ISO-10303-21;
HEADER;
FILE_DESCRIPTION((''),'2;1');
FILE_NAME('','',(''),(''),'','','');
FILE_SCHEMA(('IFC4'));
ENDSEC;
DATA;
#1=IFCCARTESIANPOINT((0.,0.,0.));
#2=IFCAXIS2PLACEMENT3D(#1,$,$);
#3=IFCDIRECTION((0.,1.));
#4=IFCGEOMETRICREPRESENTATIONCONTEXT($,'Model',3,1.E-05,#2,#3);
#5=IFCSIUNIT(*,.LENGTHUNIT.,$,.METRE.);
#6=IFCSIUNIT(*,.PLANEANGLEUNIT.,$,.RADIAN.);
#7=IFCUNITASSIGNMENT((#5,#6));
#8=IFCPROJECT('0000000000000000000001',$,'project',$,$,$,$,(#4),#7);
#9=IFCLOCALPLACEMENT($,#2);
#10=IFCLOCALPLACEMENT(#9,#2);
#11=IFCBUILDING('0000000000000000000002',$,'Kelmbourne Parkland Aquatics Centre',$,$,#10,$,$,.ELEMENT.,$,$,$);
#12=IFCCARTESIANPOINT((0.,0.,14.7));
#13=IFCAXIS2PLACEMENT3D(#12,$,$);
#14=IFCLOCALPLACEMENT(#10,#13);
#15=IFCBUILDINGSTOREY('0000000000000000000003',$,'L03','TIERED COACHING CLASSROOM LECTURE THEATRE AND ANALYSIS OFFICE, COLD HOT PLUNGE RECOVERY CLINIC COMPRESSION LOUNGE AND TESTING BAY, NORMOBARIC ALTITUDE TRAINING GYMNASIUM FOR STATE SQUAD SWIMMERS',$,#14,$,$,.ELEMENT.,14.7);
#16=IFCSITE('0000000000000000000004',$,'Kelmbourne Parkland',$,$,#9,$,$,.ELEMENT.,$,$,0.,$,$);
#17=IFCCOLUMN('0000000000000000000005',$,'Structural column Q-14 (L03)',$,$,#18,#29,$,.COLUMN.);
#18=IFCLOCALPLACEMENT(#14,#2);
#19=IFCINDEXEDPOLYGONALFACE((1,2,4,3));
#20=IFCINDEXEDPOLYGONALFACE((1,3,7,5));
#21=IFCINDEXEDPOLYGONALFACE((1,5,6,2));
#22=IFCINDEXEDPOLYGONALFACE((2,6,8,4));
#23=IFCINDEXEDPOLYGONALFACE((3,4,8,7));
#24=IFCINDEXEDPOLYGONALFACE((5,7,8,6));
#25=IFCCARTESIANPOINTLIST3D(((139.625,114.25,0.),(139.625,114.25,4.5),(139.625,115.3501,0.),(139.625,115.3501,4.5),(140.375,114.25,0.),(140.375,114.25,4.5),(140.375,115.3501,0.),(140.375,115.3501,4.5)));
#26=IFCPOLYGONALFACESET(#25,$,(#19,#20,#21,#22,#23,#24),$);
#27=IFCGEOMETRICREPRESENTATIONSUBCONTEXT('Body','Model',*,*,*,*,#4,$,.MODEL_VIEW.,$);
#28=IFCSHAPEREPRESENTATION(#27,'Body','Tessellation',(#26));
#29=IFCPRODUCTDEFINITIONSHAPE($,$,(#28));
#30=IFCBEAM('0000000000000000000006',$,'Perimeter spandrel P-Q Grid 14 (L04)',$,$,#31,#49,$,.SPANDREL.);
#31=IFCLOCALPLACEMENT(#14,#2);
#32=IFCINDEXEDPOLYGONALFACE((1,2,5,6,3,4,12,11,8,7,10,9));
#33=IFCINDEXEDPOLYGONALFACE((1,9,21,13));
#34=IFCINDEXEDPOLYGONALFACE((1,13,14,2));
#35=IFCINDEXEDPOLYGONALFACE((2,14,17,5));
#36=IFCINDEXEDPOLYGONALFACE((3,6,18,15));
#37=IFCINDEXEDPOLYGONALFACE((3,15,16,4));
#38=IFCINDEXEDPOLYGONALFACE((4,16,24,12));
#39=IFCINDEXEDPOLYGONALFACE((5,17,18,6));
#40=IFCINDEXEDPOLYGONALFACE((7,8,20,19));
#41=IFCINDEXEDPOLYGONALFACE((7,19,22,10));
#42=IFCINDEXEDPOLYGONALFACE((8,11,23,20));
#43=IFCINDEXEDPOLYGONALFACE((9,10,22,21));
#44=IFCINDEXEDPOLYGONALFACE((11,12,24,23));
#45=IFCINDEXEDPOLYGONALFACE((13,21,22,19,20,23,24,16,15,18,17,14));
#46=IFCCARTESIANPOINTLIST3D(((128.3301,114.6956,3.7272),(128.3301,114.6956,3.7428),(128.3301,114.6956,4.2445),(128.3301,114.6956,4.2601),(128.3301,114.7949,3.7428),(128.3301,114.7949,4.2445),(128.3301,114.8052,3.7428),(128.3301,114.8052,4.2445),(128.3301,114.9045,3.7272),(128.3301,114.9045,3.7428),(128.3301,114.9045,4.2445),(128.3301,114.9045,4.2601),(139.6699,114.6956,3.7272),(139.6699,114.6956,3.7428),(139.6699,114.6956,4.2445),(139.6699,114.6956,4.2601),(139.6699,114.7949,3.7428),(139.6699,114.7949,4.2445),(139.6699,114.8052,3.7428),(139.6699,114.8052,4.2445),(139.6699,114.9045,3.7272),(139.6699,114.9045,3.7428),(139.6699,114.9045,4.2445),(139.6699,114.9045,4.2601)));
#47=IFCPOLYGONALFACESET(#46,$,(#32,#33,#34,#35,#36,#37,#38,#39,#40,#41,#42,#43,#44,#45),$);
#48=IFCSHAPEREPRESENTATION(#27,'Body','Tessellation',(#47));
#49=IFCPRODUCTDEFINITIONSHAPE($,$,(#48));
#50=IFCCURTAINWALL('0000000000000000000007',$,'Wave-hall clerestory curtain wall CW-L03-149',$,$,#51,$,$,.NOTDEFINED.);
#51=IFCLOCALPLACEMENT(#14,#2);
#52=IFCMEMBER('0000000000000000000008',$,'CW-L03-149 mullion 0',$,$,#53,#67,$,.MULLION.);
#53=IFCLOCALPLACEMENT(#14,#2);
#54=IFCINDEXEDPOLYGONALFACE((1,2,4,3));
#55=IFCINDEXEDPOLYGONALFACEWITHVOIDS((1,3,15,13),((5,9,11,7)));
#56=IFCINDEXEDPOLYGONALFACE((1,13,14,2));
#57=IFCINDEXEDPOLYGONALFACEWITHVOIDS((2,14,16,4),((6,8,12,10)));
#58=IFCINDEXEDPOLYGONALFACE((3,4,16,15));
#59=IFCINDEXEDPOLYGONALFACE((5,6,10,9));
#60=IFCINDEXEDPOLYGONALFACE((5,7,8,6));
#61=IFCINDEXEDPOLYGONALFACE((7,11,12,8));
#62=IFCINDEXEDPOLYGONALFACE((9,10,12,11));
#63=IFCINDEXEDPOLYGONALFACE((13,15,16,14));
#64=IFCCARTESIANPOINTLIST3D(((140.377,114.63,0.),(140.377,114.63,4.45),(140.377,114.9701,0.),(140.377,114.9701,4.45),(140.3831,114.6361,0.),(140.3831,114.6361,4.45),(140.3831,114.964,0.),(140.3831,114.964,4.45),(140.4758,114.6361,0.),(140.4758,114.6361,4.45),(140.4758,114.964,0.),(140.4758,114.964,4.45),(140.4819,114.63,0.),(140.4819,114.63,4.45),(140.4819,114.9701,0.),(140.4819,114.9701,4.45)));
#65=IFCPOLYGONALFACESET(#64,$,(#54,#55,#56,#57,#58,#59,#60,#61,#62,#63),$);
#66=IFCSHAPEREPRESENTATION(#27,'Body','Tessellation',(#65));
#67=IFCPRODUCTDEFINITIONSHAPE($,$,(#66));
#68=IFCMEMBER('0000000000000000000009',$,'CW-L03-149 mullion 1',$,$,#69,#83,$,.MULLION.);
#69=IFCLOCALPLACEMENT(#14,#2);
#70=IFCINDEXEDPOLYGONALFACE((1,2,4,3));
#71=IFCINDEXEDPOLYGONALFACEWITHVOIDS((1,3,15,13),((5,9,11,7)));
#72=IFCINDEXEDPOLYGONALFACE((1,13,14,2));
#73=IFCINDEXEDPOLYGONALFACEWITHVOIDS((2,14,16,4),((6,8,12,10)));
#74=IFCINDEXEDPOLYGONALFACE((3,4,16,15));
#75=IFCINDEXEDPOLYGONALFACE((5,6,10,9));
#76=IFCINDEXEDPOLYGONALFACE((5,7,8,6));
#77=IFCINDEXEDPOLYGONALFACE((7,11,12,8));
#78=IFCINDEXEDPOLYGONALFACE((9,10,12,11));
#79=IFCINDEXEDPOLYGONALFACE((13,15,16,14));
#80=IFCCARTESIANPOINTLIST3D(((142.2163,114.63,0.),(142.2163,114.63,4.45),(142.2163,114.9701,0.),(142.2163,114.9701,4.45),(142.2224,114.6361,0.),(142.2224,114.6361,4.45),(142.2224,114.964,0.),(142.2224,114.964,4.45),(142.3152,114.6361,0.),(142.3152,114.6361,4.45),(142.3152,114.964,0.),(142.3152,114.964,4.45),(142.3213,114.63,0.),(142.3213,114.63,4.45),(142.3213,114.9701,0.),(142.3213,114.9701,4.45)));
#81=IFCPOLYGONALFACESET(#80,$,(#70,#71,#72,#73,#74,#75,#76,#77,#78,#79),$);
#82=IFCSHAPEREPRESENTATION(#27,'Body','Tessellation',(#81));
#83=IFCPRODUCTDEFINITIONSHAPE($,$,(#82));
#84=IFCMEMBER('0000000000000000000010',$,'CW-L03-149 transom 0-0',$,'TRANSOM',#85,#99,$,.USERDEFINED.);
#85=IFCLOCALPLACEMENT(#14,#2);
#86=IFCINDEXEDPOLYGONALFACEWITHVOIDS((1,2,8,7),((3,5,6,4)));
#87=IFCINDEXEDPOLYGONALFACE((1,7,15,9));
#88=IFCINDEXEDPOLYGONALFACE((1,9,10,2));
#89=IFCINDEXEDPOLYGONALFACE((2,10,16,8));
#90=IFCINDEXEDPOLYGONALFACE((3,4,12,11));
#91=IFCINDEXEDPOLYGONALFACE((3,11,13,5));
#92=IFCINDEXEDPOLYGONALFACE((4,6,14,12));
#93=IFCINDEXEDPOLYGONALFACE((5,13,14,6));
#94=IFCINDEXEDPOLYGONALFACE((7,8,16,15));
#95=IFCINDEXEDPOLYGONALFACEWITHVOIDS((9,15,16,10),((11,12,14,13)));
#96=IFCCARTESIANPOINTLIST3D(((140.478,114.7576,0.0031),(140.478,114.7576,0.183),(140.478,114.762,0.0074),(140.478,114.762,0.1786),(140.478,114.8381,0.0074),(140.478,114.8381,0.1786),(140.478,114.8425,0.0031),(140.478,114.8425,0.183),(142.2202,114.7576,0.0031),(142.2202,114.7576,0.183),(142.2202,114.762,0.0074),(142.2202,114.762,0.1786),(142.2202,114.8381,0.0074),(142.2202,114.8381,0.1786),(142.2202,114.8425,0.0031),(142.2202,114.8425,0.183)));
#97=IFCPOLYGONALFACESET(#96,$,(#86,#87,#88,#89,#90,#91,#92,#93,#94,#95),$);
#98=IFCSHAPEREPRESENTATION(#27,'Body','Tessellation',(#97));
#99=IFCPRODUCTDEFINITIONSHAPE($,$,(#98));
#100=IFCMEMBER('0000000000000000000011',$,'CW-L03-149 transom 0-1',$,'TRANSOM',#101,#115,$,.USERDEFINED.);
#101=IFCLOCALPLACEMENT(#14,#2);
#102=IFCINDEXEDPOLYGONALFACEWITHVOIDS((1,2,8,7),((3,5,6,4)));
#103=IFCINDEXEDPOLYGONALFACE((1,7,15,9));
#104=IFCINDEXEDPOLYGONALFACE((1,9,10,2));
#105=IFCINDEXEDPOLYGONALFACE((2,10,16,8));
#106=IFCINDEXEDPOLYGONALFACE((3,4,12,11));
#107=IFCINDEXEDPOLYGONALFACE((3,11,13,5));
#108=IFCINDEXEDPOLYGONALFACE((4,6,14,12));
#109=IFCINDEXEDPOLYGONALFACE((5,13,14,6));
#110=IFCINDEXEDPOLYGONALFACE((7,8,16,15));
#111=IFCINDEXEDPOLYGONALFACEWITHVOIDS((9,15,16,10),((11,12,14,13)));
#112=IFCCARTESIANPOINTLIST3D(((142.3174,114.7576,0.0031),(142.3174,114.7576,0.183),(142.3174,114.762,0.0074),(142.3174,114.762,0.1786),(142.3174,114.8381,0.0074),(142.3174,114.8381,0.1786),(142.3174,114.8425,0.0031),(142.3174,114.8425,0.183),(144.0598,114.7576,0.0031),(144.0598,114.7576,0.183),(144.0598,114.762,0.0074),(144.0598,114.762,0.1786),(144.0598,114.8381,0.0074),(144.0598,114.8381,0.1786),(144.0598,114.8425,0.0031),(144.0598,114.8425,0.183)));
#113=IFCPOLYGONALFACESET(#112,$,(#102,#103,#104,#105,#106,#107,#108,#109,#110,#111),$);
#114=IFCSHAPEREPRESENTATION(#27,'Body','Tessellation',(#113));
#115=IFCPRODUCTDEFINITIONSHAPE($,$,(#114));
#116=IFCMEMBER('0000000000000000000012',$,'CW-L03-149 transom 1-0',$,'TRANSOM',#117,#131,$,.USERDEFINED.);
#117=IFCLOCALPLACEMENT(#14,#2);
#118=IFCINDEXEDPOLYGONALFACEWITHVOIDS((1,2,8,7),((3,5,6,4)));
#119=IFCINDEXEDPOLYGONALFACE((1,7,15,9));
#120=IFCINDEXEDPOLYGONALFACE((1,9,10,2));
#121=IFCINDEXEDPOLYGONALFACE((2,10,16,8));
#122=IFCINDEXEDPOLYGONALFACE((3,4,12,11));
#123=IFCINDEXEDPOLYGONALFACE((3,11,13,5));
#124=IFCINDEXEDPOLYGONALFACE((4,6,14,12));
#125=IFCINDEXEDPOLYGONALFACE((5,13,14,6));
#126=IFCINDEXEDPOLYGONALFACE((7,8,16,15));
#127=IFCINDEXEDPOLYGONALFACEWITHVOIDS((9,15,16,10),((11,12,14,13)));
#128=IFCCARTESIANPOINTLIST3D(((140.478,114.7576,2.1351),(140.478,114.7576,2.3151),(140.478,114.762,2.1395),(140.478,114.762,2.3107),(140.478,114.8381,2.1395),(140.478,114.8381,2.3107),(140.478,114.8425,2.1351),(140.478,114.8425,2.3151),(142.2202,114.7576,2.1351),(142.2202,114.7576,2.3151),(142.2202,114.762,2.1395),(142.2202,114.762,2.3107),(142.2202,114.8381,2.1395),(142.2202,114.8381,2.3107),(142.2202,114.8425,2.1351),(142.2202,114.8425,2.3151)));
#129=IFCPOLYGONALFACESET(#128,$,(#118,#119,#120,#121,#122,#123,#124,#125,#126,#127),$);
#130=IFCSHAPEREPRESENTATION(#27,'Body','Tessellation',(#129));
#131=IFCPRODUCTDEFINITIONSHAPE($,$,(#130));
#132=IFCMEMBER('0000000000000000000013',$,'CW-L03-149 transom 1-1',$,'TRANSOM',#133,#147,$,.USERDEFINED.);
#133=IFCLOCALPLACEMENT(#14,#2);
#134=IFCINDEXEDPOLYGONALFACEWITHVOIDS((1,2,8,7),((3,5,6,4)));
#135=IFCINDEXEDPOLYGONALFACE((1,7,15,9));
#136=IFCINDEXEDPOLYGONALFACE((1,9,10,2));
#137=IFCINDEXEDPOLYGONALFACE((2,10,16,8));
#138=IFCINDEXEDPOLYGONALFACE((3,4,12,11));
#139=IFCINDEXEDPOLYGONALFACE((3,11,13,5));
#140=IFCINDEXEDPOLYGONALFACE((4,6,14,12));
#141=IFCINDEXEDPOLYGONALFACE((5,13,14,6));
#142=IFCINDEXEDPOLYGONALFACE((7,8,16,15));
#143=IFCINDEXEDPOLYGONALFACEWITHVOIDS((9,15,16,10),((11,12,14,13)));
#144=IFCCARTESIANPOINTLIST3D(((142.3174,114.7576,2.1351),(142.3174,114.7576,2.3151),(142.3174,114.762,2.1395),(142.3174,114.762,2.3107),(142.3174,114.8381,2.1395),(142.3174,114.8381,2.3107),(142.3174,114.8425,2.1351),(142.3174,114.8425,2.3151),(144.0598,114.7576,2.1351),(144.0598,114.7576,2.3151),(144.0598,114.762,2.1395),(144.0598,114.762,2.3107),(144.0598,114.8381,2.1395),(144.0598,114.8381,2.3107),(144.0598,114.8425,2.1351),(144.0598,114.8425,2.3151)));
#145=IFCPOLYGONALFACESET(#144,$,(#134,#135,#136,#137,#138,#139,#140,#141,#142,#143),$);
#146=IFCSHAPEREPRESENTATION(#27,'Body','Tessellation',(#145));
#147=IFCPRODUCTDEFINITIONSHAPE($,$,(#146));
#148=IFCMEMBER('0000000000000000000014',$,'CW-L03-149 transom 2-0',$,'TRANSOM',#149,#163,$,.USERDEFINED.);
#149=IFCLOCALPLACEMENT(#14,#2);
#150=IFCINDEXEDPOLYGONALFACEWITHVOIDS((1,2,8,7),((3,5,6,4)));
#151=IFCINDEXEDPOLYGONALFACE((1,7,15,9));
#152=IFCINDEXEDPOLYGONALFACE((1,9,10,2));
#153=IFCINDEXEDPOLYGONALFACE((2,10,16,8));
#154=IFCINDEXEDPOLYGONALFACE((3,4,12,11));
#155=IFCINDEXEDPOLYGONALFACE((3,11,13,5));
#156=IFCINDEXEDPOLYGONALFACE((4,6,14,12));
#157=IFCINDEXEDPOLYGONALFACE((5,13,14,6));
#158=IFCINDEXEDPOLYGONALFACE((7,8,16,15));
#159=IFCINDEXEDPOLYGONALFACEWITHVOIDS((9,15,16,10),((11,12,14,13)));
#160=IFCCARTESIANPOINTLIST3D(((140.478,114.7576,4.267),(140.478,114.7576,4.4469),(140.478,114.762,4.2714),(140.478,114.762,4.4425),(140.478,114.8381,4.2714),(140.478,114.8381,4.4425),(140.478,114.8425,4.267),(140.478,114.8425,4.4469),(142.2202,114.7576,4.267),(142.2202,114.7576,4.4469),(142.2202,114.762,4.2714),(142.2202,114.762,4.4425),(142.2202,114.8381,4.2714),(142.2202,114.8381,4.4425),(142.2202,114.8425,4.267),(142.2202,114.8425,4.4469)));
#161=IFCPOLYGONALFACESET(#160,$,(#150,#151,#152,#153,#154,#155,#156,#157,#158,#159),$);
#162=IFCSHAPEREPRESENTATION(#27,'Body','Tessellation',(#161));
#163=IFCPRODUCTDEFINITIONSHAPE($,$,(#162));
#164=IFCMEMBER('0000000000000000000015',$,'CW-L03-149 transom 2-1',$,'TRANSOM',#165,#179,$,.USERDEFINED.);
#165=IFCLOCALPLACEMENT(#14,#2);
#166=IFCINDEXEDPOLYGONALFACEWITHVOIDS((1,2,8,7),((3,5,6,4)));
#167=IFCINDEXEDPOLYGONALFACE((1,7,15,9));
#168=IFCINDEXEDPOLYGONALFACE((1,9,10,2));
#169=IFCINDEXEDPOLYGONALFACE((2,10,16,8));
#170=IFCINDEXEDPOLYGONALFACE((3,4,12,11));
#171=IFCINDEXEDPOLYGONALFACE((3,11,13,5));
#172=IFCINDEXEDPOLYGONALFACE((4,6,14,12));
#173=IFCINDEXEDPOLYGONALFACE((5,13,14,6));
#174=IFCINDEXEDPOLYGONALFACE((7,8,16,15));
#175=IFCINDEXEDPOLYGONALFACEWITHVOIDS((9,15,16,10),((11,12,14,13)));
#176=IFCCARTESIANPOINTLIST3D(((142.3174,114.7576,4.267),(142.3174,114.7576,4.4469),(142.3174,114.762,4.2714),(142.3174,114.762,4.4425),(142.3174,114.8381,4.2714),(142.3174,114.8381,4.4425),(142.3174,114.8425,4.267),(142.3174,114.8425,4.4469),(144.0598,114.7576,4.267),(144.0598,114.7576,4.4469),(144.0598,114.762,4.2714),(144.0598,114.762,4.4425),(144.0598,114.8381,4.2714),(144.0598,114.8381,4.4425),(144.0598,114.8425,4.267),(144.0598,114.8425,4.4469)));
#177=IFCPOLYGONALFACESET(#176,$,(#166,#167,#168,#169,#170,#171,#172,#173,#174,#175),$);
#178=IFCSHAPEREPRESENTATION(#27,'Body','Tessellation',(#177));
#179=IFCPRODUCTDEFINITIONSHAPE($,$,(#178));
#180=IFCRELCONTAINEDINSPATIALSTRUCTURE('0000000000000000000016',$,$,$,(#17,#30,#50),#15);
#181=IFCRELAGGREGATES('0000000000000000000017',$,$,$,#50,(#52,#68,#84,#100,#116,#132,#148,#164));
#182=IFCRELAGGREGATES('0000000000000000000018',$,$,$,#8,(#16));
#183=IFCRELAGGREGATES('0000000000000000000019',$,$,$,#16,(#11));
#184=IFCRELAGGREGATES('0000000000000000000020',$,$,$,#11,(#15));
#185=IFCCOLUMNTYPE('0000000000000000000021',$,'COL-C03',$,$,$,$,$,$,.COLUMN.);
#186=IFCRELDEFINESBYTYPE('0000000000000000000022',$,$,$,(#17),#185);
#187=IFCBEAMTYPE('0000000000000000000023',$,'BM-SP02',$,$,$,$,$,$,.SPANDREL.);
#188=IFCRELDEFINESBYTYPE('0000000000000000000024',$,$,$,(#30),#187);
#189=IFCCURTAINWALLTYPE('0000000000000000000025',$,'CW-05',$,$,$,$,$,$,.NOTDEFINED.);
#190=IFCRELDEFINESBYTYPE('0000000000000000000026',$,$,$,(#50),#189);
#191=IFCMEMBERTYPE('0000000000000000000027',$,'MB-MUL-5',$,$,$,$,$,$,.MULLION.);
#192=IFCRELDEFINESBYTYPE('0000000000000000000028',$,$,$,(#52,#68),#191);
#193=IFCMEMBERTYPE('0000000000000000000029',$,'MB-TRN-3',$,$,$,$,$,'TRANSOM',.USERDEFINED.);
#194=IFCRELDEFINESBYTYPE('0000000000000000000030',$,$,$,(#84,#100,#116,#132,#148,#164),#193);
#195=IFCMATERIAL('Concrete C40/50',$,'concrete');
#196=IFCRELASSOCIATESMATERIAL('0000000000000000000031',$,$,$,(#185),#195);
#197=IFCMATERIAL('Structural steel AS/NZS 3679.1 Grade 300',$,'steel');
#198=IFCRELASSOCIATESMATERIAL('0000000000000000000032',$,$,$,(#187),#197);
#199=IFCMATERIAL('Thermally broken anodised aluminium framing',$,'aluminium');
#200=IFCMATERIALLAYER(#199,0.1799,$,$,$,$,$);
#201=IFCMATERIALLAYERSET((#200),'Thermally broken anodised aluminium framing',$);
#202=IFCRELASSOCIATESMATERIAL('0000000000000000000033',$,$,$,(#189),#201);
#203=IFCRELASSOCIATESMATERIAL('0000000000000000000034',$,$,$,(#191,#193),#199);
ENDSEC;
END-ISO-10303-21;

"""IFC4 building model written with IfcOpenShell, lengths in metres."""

from ifc_helpers import new_model, si_unit, direction, frame, origin, origin_2d, place, context, subcontext, project, spatial, rectangle, hollow_rectangle, i_section, extrude, material, layer, layer_set, material_profile, profile_set, type_object, element, aggregate, save


model = new_model("IFC4")

# Units and contexts
model_context = context("Model", 3, precision=1e-05, world=origin(), true_north=direction((0.0, 1.0)))
body_context = subcontext(model_context, "Body", "Model", "MODEL_VIEW")
ifc_project = project(units=[si_unit("LENGTHUNIT", "METRE"), si_unit("PLANEANGLEUNIT", "RADIAN")], contexts=[model_context])

# Site, building, storey
site_placement = place(None, origin())
site = spatial("IfcSite", under=ifc_project, at=site_placement, Name="Kelmbourne Parkland", CompositionType="ELEMENT", RefElevation=0.0)
building_placement = place(site_placement, origin())
building = spatial("IfcBuilding", under=site, at=building_placement, Name="Kelmbourne Parkland Aquatics Centre", CompositionType="ELEMENT")
storey_placement = place(building_placement, frame((0.0, 0.0, 14.7)))
storey = spatial("IfcBuildingStorey", under=building, at=storey_placement, Name="L03", Description="TIERED COACHING CLASSROOM LECTURE THEATRE AND ANALYSIS OFFICE, COLD HOT PLUNGE RECOVERY CLINIC COMPRESSION LOUNGE AND TESTING BAY, NORMOBARIC ALTITUDE TRAINING GYMNASIUM FOR STATE SQUAD SWIMMERS", CompositionType="ELEMENT", Elevation=14.7)

# Column
ifc_material_1 = material(Name="Concrete C40/50", Category="concrete")
ifc_material_profile_1 = material_profile(ifc_material_1, rectangle(XDim=0.75, YDim=1.1001, at=origin_2d()), Name="RC 750x1100")
ifc_profile_set_1 = profile_set([ifc_material_profile_1], Name="Concrete C40/50")
column_type = type_object("IfcColumnType", Name="COL-C03", PredefinedType="COLUMN", material=ifc_profile_set_1)
column_placement = place(storey_placement, frame((140.0, 114.8, 0.0), z_axis=(0.0, 0.0, 1.0), x_axis=(1.0, 0.0, 0.0)))
element("IfcColumn", 1, at=column_placement, inside=storey, type_object=column_type, Name="Structural column Q-14 (L03)", PredefinedType="COLUMN", context=body_context, shape_type="SweptSolid", body=[
    extrude(rectangle(XDim=0.75, YDim=1.1001, at=origin_2d()), origin(), (0.0, 0.0, 1.0), 4.5),
])

# Beam
ifc_material_2 = material(Name="Structural steel AS/NZS 3679.1 Grade 300", Category="steel")
ifc_material_profile_2 = material_profile(ifc_material_2, i_section(OverallWidth=0.209, OverallDepth=0.533, WebThickness=0.0103, FlangeThickness=0.0156, at=origin_2d()), Name="530UB92.4")
ifc_profile_set_2 = profile_set([ifc_material_profile_2], Name="Structural steel AS/NZS 3679.1 Grade 300")
beam_type = type_object("IfcBeamType", Name="BM-SP02", PredefinedType="SPANDREL", material=ifc_profile_set_2)
beam_placement = place(storey_placement, frame((128.3301, 114.8, 3.9937), z_axis=(1.0, 0.0, 0.0), x_axis=(0.0, 1.0, 0.0)))
element("IfcBeam", 2, at=beam_placement, inside=storey, type_object=beam_type, Name="Perimeter spandrel P-Q Grid 14 (L04)", PredefinedType="SPANDREL", context=body_context, shape_type="SweptSolid", body=[
    extrude(i_section(OverallWidth=0.209, OverallDepth=0.533, WebThickness=0.0103, FlangeThickness=0.0156, at=origin_2d()), origin(), (0.0, 0.0, 1.0), 11.3398),
])

# Curtain wall, members
ifc_material_3 = material(Name="Thermally broken anodised aluminium framing", Category="aluminium")
ifc_layer_1 = layer(ifc_material_3, 0.1799)
ifc_layer_set_1 = layer_set([ifc_layer_1], Name="Thermally broken anodised aluminium framing")
curtain_wall_type = type_object("IfcCurtainWallType", Name="CW-05", PredefinedType="NOTDEFINED", material=ifc_layer_set_1)
curtain_wall_placement = place(storey_placement, origin())
curtain_wall = element("IfcCurtainWall", 3, at=curtain_wall_placement, inside=storey, type_object=curtain_wall_type, Name="Wave-hall clerestory curtain wall CW-L03-149", PredefinedType="NOTDEFINED")
ifc_material_profile_3 = material_profile(ifc_material_3, hollow_rectangle(XDim=0.105, YDim=0.3401, WallThickness=0.0061, at=origin_2d()), Name="CW-M 105x340")
ifc_profile_set_3 = profile_set([ifc_material_profile_3], Name="Thermally broken anodised aluminium framing")
member_type_1 = type_object("IfcMemberType", Name="MB-MUL-5", PredefinedType="MULLION", material=ifc_profile_set_3)
member_1_placement = place(storey_placement, frame((140.4294, 114.8, 0.0), z_axis=(0.0, 0.0, 1.0), x_axis=(1.0, 0.0, 0.0)))
member_1 = element("IfcMember", 4, at=member_1_placement, type_object=member_type_1, Name="CW-L03-149 mullion 0", PredefinedType="MULLION", context=body_context, shape_type="SweptSolid", body=[
    extrude(hollow_rectangle(XDim=0.105, YDim=0.3401, WallThickness=0.0061, at=origin_2d()), origin(), (0.0, 0.0, 1.0), 4.45),
])
member_2_placement = place(storey_placement, frame((142.2688, 114.8, 0.0), z_axis=(0.0, 0.0, 1.0), x_axis=(1.0, 0.0, 0.0)))
member_2 = element("IfcMember", 5, at=member_2_placement, type_object=member_type_1, Name="CW-L03-149 mullion 1", PredefinedType="MULLION", context=body_context, shape_type="SweptSolid", body=[
    extrude(hollow_rectangle(XDim=0.105, YDim=0.3401, WallThickness=0.0061, at=origin_2d()), origin(), (0.0, 0.0, 1.0), 4.45),
])
ifc_material_profile_4 = material_profile(ifc_material_3, hollow_rectangle(XDim=0.085, YDim=0.1799, WallThickness=0.0044, at=origin_2d()), Name="CW-T 85x180")
ifc_profile_set_4 = profile_set([ifc_material_profile_4], Name="Thermally broken anodised aluminium framing")
member_type_2 = type_object("IfcMemberType", Name="MB-TRN-3", ElementType="TRANSOM", PredefinedType="USERDEFINED", material=ifc_profile_set_4)
member_3_placement = place(storey_placement, frame((140.478, 114.8, 0.093), z_axis=(1.0, 0.0, 0.0), x_axis=(0.0, 1.0, 0.0)))
member_3 = element("IfcMember", 6, at=member_3_placement, type_object=member_type_2, Name="CW-L03-149 transom 0-0", ObjectType="TRANSOM", PredefinedType="USERDEFINED", context=body_context, shape_type="SweptSolid", body=[
    extrude(hollow_rectangle(XDim=0.085, YDim=0.1799, WallThickness=0.0044, at=origin_2d()), origin(), (0.0, 0.0, 1.0), 1.7422),
])
member_4_placement = place(storey_placement, frame((142.3174, 114.8, 0.093), z_axis=(1.0, 0.0, 0.0), x_axis=(0.0, 1.0, 0.0)))
member_4 = element("IfcMember", 7, at=member_4_placement, type_object=member_type_2, Name="CW-L03-149 transom 0-1", ObjectType="TRANSOM", PredefinedType="USERDEFINED", context=body_context, shape_type="SweptSolid", body=[
    extrude(hollow_rectangle(XDim=0.085, YDim=0.1799, WallThickness=0.0044, at=origin_2d()), origin(), (0.0, 0.0, 1.0), 1.7424),
])
member_5_placement = place(storey_placement, frame((140.478, 114.8, 2.2251), z_axis=(1.0, 0.0, 0.0), x_axis=(0.0, 1.0, 0.0)))
member_5 = element("IfcMember", 8, at=member_5_placement, type_object=member_type_2, Name="CW-L03-149 transom 1-0", ObjectType="TRANSOM", PredefinedType="USERDEFINED", context=body_context, shape_type="SweptSolid", body=[
    extrude(hollow_rectangle(XDim=0.085, YDim=0.1799, WallThickness=0.0044, at=origin_2d()), origin(), (0.0, 0.0, 1.0), 1.7422),
])
member_6_placement = place(storey_placement, frame((142.3174, 114.8, 2.2251), z_axis=(1.0, 0.0, 0.0), x_axis=(0.0, 1.0, 0.0)))
member_6 = element("IfcMember", 9, at=member_6_placement, type_object=member_type_2, Name="CW-L03-149 transom 1-1", ObjectType="TRANSOM", PredefinedType="USERDEFINED", context=body_context, shape_type="SweptSolid", body=[
    extrude(hollow_rectangle(XDim=0.085, YDim=0.1799, WallThickness=0.0044, at=origin_2d()), origin(), (0.0, 0.0, 1.0), 1.7424),
])
member_7_placement = place(storey_placement, frame((140.478, 114.8, 4.3569), z_axis=(1.0, 0.0, 0.0), x_axis=(0.0, 1.0, 0.0)))
member_7 = element("IfcMember", 10, at=member_7_placement, type_object=member_type_2, Name="CW-L03-149 transom 2-0", ObjectType="TRANSOM", PredefinedType="USERDEFINED", context=body_context, shape_type="SweptSolid", body=[
    extrude(hollow_rectangle(XDim=0.085, YDim=0.1799, WallThickness=0.0044, at=origin_2d()), origin(), (0.0, 0.0, 1.0), 1.7422),
])
member_8_placement = place(storey_placement, frame((142.3174, 114.8, 4.3569), z_axis=(1.0, 0.0, 0.0), x_axis=(0.0, 1.0, 0.0)))
member_8 = element("IfcMember", 11, at=member_8_placement, type_object=member_type_2, Name="CW-L03-149 transom 2-1", ObjectType="TRANSOM", PredefinedType="USERDEFINED", context=body_context, shape_type="SweptSolid", body=[
    extrude(hollow_rectangle(XDim=0.085, YDim=0.1799, WallThickness=0.0044, at=origin_2d()), origin(), (0.0, 0.0, 1.0), 1.7424),
])
aggregate(curtain_wall, [member_1, member_2, member_3, member_4, member_5, member_6, member_7, member_8])

save(model, "model.ifc")
